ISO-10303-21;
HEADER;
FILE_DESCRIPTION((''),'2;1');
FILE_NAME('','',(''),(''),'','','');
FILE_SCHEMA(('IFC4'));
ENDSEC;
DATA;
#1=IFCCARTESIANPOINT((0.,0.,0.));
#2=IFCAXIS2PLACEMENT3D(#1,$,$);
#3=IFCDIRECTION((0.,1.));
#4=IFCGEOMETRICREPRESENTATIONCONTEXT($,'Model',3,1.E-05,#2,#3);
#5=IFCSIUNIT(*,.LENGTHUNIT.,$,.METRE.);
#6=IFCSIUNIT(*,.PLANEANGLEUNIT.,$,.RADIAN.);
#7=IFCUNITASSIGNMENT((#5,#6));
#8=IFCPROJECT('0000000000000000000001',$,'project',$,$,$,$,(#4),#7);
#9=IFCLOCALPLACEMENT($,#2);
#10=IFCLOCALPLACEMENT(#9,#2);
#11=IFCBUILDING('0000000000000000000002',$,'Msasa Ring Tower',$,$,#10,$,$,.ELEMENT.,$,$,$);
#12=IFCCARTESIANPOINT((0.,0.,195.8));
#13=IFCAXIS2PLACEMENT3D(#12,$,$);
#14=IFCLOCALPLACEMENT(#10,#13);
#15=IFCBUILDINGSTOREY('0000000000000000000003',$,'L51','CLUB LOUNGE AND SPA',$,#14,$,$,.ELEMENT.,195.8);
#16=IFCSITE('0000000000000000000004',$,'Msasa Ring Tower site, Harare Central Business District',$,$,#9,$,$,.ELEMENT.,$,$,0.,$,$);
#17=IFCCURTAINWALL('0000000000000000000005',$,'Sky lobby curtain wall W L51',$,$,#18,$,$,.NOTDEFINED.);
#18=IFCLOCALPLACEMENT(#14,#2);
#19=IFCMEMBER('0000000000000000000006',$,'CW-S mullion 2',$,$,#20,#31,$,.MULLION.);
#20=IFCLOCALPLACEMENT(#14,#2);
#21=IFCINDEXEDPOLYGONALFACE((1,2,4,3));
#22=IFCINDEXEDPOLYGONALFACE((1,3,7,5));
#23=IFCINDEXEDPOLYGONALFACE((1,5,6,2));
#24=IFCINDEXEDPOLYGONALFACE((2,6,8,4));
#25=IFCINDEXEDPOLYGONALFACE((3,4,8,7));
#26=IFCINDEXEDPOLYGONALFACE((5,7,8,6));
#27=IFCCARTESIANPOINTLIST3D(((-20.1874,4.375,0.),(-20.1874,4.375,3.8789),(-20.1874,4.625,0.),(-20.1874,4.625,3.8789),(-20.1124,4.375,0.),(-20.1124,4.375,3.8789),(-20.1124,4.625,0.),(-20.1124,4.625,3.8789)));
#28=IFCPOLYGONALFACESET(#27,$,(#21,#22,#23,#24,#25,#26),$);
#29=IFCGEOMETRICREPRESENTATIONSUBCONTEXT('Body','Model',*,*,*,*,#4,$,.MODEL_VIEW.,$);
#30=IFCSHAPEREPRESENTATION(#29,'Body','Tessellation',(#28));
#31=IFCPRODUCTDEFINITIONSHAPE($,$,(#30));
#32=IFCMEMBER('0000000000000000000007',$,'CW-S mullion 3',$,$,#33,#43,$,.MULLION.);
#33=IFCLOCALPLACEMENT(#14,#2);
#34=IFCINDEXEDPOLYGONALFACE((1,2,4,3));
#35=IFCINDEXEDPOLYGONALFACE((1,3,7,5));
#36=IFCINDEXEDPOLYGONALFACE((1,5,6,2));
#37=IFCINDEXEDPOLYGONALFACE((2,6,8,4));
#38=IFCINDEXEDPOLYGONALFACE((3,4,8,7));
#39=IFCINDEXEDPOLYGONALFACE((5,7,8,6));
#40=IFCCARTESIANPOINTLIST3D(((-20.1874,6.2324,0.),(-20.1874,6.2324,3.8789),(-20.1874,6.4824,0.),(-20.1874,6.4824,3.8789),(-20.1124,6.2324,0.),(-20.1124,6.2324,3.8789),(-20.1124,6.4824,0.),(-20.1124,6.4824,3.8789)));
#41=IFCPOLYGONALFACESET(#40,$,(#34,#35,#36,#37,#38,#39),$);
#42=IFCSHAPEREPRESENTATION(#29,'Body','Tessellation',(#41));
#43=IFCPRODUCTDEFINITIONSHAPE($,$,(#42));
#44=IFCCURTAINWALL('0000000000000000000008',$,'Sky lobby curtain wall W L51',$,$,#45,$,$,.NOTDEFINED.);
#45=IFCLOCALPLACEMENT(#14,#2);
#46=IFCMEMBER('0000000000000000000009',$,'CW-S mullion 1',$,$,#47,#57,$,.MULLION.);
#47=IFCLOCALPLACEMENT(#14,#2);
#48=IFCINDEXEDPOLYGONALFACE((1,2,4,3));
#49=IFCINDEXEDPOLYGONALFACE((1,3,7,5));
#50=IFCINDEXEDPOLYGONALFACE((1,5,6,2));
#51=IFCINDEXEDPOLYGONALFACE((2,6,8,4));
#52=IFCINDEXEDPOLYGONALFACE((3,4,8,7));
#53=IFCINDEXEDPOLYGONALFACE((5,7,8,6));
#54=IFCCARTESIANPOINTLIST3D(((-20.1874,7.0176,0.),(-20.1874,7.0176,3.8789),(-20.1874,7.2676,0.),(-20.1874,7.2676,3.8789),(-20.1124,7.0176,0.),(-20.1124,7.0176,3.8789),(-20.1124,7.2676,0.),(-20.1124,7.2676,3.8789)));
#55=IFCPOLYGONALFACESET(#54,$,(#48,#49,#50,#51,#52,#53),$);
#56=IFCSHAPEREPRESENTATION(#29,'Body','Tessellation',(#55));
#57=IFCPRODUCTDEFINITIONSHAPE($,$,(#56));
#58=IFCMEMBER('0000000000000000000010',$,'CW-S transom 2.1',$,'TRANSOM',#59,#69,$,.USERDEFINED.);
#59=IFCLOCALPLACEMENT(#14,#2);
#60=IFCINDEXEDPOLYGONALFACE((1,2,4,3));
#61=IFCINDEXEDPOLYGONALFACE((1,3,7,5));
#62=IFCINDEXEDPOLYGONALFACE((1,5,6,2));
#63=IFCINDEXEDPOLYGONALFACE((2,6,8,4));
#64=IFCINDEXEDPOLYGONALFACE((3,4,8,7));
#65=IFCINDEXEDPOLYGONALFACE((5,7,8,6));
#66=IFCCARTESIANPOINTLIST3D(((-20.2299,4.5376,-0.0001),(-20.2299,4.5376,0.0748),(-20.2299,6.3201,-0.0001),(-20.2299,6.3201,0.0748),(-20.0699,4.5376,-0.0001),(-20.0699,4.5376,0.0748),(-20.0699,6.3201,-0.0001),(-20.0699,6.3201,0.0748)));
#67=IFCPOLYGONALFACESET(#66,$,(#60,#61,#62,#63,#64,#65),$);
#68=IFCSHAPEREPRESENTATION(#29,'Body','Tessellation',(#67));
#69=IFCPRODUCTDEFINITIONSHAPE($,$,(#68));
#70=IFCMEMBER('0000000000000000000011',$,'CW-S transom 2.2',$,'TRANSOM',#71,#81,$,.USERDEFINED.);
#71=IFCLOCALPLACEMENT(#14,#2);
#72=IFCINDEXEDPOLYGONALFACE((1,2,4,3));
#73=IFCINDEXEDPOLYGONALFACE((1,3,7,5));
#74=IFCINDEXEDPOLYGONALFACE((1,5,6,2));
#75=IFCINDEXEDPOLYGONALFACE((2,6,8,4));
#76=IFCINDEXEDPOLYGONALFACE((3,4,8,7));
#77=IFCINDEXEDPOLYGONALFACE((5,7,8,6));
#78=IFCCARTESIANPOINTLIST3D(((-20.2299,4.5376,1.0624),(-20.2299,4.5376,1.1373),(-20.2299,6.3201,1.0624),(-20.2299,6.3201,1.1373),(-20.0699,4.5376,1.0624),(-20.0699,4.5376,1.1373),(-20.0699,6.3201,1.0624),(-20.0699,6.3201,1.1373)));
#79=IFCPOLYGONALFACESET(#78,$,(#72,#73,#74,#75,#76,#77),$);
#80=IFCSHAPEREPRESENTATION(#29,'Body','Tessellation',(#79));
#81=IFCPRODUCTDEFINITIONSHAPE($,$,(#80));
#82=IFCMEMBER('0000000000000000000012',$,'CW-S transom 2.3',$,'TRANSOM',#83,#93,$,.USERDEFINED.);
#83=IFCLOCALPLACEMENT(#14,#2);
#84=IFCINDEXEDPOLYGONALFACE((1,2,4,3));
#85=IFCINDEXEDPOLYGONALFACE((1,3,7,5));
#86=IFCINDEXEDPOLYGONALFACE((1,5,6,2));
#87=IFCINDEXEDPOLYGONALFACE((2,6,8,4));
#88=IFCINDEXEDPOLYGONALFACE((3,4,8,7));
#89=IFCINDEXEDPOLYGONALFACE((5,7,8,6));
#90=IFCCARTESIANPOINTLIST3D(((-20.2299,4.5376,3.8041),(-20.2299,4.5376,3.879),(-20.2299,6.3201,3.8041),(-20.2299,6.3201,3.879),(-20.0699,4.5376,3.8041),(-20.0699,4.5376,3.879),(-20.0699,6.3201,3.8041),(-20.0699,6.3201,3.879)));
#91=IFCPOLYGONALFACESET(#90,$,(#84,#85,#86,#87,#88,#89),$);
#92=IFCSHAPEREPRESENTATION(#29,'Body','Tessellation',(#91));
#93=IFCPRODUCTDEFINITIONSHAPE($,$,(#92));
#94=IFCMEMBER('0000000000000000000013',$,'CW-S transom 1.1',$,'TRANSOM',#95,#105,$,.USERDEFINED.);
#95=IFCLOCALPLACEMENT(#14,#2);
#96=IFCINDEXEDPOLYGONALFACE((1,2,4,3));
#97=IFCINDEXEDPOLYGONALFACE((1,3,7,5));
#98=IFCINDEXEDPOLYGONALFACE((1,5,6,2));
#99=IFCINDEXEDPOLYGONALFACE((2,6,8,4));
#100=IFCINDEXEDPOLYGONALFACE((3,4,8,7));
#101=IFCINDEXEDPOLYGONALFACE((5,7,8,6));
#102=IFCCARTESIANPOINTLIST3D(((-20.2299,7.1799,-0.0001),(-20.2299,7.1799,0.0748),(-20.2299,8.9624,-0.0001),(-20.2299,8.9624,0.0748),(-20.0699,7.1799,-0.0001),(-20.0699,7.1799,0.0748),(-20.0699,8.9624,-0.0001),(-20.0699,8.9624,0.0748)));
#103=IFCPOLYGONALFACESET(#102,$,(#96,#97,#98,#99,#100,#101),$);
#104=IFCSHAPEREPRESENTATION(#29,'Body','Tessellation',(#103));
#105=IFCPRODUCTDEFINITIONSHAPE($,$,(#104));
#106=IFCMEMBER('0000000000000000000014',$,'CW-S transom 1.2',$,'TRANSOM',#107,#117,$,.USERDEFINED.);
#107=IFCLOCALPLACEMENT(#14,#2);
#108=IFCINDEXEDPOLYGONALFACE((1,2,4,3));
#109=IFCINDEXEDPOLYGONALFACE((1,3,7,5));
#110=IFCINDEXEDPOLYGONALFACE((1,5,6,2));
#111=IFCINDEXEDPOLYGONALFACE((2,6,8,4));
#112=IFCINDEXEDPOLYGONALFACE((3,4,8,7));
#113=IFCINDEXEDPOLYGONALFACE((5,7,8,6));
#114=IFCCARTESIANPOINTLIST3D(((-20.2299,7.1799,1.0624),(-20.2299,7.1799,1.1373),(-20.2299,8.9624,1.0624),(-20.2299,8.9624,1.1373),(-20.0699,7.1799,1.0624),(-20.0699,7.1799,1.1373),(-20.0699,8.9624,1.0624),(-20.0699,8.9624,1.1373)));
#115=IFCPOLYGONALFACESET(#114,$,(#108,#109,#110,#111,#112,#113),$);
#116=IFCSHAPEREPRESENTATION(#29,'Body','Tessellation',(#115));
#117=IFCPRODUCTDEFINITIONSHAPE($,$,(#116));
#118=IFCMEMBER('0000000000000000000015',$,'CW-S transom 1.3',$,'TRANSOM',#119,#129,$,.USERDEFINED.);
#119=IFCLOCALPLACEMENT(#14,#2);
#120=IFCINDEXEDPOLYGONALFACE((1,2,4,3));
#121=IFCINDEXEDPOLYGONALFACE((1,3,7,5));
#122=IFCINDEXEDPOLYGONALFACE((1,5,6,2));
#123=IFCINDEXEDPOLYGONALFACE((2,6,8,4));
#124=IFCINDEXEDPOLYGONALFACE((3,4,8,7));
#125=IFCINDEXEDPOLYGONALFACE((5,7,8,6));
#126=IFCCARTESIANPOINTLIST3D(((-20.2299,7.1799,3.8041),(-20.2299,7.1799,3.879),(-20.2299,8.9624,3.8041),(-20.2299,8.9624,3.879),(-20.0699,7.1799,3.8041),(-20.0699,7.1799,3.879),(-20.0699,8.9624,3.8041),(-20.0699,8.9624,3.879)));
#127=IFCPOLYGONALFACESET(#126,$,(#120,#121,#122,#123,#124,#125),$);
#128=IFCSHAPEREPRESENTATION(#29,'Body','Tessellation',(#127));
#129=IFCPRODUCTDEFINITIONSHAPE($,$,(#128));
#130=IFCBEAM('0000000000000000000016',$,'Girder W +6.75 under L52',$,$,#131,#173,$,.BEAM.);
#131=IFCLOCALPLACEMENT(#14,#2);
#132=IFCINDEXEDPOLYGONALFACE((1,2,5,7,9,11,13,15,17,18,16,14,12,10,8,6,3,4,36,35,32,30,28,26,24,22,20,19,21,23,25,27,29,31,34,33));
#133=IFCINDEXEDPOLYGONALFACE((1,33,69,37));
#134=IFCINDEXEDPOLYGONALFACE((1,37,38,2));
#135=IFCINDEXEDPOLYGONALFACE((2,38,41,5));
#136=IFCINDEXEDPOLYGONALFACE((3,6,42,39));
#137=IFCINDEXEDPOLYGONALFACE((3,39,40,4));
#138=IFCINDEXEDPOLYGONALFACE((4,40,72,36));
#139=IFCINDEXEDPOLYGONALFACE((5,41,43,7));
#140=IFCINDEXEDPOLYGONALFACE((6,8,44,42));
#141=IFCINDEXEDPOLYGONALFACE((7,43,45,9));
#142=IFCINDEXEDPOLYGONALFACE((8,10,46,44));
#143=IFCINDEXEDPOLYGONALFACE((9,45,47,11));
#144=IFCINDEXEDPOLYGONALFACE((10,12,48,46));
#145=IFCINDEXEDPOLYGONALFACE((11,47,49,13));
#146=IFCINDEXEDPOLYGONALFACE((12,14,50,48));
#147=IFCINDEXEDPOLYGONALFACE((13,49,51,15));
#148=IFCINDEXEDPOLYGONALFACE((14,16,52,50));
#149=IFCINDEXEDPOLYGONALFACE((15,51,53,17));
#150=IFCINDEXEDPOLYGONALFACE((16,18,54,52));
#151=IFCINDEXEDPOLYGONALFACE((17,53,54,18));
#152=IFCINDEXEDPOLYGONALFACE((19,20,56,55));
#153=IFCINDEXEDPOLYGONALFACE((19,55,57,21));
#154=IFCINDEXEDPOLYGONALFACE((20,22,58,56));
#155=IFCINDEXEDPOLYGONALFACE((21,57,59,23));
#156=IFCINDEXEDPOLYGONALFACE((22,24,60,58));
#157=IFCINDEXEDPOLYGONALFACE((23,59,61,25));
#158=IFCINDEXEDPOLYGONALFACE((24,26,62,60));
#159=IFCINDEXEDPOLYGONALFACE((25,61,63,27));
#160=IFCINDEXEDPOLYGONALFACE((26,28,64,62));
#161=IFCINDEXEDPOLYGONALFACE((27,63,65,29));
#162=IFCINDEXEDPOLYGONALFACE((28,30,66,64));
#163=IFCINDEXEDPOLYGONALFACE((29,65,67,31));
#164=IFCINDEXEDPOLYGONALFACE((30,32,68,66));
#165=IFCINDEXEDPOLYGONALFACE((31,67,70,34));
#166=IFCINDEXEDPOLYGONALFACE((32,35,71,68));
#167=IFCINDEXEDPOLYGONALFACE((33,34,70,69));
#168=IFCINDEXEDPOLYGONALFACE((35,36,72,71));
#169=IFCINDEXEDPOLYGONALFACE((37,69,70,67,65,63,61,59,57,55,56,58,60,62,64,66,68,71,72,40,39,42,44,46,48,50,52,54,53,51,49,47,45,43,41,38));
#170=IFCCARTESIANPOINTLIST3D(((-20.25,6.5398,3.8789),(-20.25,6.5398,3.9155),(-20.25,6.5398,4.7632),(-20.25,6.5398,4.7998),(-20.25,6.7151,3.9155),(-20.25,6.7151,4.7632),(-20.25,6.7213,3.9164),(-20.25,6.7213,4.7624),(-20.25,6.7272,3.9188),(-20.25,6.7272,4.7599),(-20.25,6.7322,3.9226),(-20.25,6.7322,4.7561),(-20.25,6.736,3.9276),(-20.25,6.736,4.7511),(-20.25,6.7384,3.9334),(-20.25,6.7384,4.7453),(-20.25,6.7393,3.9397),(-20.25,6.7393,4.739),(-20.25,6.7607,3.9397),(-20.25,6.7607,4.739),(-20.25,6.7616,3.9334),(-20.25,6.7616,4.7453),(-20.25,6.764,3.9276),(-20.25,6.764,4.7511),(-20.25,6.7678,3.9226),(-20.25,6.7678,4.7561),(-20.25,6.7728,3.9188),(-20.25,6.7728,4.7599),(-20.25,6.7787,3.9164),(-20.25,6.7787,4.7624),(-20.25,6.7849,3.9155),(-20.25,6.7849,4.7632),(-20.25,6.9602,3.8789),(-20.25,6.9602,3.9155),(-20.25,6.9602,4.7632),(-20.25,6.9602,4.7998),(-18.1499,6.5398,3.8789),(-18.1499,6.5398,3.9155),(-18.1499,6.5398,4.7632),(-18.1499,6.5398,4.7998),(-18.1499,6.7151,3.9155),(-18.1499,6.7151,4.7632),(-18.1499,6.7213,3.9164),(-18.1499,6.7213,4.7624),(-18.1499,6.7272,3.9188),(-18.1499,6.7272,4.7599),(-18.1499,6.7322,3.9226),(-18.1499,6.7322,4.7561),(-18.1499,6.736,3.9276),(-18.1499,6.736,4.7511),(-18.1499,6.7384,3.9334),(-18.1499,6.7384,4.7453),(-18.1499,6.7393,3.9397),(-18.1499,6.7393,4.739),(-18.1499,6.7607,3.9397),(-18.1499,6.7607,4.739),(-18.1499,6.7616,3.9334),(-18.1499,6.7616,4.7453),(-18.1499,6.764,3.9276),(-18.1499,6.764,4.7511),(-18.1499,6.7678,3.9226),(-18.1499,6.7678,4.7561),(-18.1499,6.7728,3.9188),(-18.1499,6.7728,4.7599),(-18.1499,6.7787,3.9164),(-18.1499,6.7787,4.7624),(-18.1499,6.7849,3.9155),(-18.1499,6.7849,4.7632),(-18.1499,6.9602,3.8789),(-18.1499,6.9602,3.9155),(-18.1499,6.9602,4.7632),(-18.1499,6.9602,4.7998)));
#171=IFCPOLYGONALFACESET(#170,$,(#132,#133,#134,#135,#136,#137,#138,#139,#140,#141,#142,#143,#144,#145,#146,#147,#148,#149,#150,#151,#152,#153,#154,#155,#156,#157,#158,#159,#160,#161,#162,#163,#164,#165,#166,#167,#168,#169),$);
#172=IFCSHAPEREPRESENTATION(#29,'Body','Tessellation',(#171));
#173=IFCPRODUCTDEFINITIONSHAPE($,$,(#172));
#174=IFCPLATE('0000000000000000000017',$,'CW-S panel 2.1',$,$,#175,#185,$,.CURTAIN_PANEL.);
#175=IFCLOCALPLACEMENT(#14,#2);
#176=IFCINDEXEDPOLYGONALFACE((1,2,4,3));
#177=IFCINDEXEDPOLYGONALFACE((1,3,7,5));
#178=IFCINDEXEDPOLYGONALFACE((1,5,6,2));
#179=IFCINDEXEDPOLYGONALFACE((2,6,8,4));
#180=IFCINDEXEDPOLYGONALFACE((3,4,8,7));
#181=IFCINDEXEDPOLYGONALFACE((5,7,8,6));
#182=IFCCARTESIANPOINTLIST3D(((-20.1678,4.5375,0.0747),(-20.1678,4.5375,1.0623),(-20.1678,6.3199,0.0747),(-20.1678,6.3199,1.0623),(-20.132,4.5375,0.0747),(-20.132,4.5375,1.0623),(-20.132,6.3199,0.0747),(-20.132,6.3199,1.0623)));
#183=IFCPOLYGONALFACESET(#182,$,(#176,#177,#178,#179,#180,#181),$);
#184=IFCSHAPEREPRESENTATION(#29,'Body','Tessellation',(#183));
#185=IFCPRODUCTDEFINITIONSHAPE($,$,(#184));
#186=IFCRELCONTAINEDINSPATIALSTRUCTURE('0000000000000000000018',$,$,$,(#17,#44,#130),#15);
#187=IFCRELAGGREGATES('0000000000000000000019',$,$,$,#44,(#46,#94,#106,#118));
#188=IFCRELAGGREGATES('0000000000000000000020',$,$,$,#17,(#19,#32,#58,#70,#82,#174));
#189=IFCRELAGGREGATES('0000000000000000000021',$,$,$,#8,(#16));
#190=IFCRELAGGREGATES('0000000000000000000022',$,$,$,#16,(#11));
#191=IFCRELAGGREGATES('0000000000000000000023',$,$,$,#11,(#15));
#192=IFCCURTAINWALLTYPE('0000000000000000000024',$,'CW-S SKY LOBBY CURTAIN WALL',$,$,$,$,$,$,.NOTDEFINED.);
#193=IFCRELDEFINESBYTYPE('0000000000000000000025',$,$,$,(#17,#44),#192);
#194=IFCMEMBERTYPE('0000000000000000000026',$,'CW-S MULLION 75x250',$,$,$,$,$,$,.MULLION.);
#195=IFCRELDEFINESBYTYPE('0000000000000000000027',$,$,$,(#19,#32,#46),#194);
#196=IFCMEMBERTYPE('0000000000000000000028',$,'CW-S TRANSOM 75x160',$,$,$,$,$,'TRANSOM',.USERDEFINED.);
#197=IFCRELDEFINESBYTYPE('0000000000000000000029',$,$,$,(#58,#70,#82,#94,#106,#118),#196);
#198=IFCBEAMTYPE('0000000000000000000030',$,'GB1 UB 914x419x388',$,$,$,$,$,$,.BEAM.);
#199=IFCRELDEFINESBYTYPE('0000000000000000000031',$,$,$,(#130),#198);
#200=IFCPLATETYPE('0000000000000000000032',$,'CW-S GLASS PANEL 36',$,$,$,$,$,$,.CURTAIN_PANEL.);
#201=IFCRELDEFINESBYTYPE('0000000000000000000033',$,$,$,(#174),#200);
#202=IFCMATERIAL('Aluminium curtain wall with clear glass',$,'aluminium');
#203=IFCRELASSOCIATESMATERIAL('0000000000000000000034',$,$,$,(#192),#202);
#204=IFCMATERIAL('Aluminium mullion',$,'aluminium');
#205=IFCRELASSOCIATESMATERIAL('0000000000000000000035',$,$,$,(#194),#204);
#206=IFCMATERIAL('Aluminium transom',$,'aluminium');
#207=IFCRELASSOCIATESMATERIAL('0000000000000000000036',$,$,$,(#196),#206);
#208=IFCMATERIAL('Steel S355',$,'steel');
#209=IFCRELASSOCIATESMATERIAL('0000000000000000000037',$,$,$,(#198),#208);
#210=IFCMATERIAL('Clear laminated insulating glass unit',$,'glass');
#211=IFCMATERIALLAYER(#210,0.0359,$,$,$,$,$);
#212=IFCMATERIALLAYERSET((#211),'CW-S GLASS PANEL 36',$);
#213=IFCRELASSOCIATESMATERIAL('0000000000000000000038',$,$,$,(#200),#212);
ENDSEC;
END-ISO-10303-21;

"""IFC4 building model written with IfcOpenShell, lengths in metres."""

from ifc_helpers import new_model, si_unit, direction, frame, origin, origin_2d, place, context, subcontext, project, spatial, rectangle, i_section, extrude, material, layer, layer_set, material_profile, profile_set, type_object, element, aggregate, save


model = new_model("IFC4")

# Units and contexts
model_context = context("Model", 3, precision=1e-05, world=origin(), true_north=direction((0.0, 1.0)))
body_context = subcontext(model_context, "Body", "Model", "MODEL_VIEW")
ifc_project = project(units=[si_unit("LENGTHUNIT", "METRE"), si_unit("PLANEANGLEUNIT", "RADIAN")], contexts=[model_context])

# Site, building, storey
site_placement = place(None, origin())
site = spatial("IfcSite", under=ifc_project, at=site_placement, Name="Msasa Ring Tower site, Harare Central Business District", CompositionType="ELEMENT", RefElevation=0.0)
building_placement = place(site_placement, origin())
building = spatial("IfcBuilding", under=site, at=building_placement, Name="Msasa Ring Tower", CompositionType="ELEMENT")
storey_placement = place(building_placement, frame((0.0, 0.0, 195.8)))
storey = spatial("IfcBuildingStorey", under=building, at=storey_placement, Name="L51", Description="CLUB LOUNGE AND SPA", CompositionType="ELEMENT", Elevation=195.8)

# Curtain wall, members
ifc_material_1 = material(Name="Aluminium curtain wall with clear glass", Category="aluminium")
curtain_wall_type = type_object("IfcCurtainWallType", Name="CW-S SKY LOBBY CURTAIN WALL", PredefinedType="NOTDEFINED", material=ifc_material_1)
curtain_wall_1_placement = place(storey_placement, origin())
curtain_wall_1 = element("IfcCurtainWall", 1, at=curtain_wall_1_placement, inside=storey, type_object=curtain_wall_type, Name="Sky lobby curtain wall W L51", PredefinedType="NOTDEFINED")
ifc_material_2 = material(Name="Aluminium mullion", Category="aluminium")
ifc_material_profile_1 = material_profile(ifc_material_2, rectangle(XDim=0.075, YDim=0.25, at=origin_2d()), Name="AL 75x250")
ifc_profile_set_1 = profile_set([ifc_material_profile_1], Name="Aluminium mullion")
member_type_1 = type_object("IfcMemberType", Name="CW-S MULLION 75x250", PredefinedType="MULLION", material=ifc_profile_set_1)
member_1_placement = place(storey_placement, frame((-20.1499, 4.5, 0.0), z_axis=(0.0, 0.0, 1.0), x_axis=(-1.0, 0.0, 0.0)))
member_1 = element("IfcMember", 2, at=member_1_placement, type_object=member_type_1, Name="CW-S mullion 2", PredefinedType="MULLION", context=body_context, shape_type="SweptSolid", body=[
    extrude(rectangle(XDim=0.075, YDim=0.25, at=origin_2d()), origin(), (0.0, 0.0, 1.0), 3.8789),
])
member_2_placement = place(storey_placement, frame((-20.1499, 6.3574, 0.0), z_axis=(0.0, 0.0, 1.0), x_axis=(-1.0, 0.0, 0.0)))
member_2 = element("IfcMember", 3, at=member_2_placement, type_object=member_type_1, Name="CW-S mullion 3", PredefinedType="MULLION", context=body_context, shape_type="SweptSolid", body=[
    extrude(rectangle(XDim=0.075, YDim=0.25, at=origin_2d()), origin(), (0.0, 0.0, 1.0), 3.8789),
])

# Curtain wall, member
curtain_wall_2_placement = place(storey_placement, origin())
curtain_wall_2 = element("IfcCurtainWall", 4, at=curtain_wall_2_placement, inside=storey, type_object=curtain_wall_type, Name="Sky lobby curtain wall W L51", PredefinedType="NOTDEFINED")
member_3_placement = place(storey_placement, frame((-20.1499, 7.1426, 0.0), z_axis=(0.0, 0.0, 1.0), x_axis=(-1.0, 0.0, 0.0)))
member_3 = element("IfcMember", 5, at=member_3_placement, type_object=member_type_1, Name="CW-S mullion 1", PredefinedType="MULLION", context=body_context, shape_type="SweptSolid", body=[
    extrude(rectangle(XDim=0.075, YDim=0.25, at=origin_2d()), origin(), (0.0, 0.0, 1.0), 3.8789),
])

# Members
ifc_material_3 = material(Name="Aluminium transom", Category="aluminium")
ifc_material_profile_2 = material_profile(ifc_material_3, rectangle(XDim=0.1599, YDim=0.075, at=origin_2d()), Name="AL 75x160")
ifc_profile_set_2 = profile_set([ifc_material_profile_2], Name="Aluminium transom")
member_type_2 = type_object("IfcMemberType", Name="CW-S TRANSOM 75x160", ElementType="TRANSOM", PredefinedType="USERDEFINED", material=ifc_profile_set_2)
member_4_placement = place(storey_placement, frame((-20.1499, 4.5376, 0.0374), z_axis=(0.0, 1.0, 0.0), x_axis=(-1.0, 0.0, 0.0)))
member_4 = element("IfcMember", 6, at=member_4_placement, type_object=member_type_2, Name="CW-S transom 2.1", ObjectType="TRANSOM", PredefinedType="USERDEFINED", context=body_context, shape_type="SweptSolid", body=[
    extrude(rectangle(XDim=0.1599, YDim=0.075, at=origin_2d()), origin(), (0.0, 0.0, 1.0), 1.7825),
])
member_5_placement = place(storey_placement, frame((-20.1499, 4.5376, 1.0999), z_axis=(0.0, 1.0, 0.0), x_axis=(-1.0, 0.0, 0.0)))
member_5 = element("IfcMember", 7, at=member_5_placement, type_object=member_type_2, Name="CW-S transom 2.2", ObjectType="TRANSOM", PredefinedType="USERDEFINED", context=body_context, shape_type="SweptSolid", body=[
    extrude(rectangle(XDim=0.1599, YDim=0.075, at=origin_2d()), origin(), (0.0, 0.0, 1.0), 1.7825),
])
member_6_placement = place(storey_placement, frame((-20.1499, 4.5376, 3.8416), z_axis=(0.0, 1.0, 0.0), x_axis=(-1.0, 0.0, 0.0)))
member_6 = element("IfcMember", 8, at=member_6_placement, type_object=member_type_2, Name="CW-S transom 2.3", ObjectType="TRANSOM", PredefinedType="USERDEFINED", context=body_context, shape_type="SweptSolid", body=[
    extrude(rectangle(XDim=0.1599, YDim=0.075, at=origin_2d()), origin(), (0.0, 0.0, 1.0), 1.7825),
])
member_7_placement = place(storey_placement, frame((-20.1499, 7.1799, 0.0374), z_axis=(0.0, 1.0, 0.0), x_axis=(-1.0, 0.0, 0.0)))
member_7 = element("IfcMember", 9, at=member_7_placement, type_object=member_type_2, Name="CW-S transom 1.1", ObjectType="TRANSOM", PredefinedType="USERDEFINED", context=body_context, shape_type="SweptSolid", body=[
    extrude(rectangle(XDim=0.1599, YDim=0.075, at=origin_2d()), origin(), (0.0, 0.0, 1.0), 1.7825),
])
member_8_placement = place(storey_placement, frame((-20.1499, 7.1799, 1.0999), z_axis=(0.0, 1.0, 0.0), x_axis=(-1.0, 0.0, 0.0)))
member_8 = element("IfcMember", 10, at=member_8_placement, type_object=member_type_2, Name="CW-S transom 1.2", ObjectType="TRANSOM", PredefinedType="USERDEFINED", context=body_context, shape_type="SweptSolid", body=[
    extrude(rectangle(XDim=0.1599, YDim=0.075, at=origin_2d()), origin(), (0.0, 0.0, 1.0), 1.7825),
])
member_9_placement = place(storey_placement, frame((-20.1499, 7.1799, 3.8416), z_axis=(0.0, 1.0, 0.0), x_axis=(-1.0, 0.0, 0.0)))
member_9 = element("IfcMember", 11, at=member_9_placement, type_object=member_type_2, Name="CW-S transom 1.3", ObjectType="TRANSOM", PredefinedType="USERDEFINED", context=body_context, shape_type="SweptSolid", body=[
    extrude(rectangle(XDim=0.1599, YDim=0.075, at=origin_2d()), origin(), (0.0, 0.0, 1.0), 1.7825),
])
aggregate(curtain_wall_2, [member_3, member_7, member_8, member_9])

# Beam
ifc_material_4 = material(Name="Steel S355", Category="steel")
ifc_material_profile_3 = material_profile(ifc_material_4, i_section(OverallWidth=0.4204, OverallDepth=0.9209, WebThickness=0.0215, FlangeThickness=0.0366, FilletRadius=0.0242, at=origin_2d()), Name="UB 914x419x388")
ifc_profile_set_3 = profile_set([ifc_material_profile_3], Name="Steel S355")
beam_type = type_object("IfcBeamType", Name="GB1 UB 914x419x388", PredefinedType="BEAM", material=ifc_profile_set_3)
beam_placement = place(storey_placement, frame((-18.1499, 6.75, 4.3394), z_axis=(-1.0, 0.0, 0.0), x_axis=(0.0, -1.0, 0.0)))
element("IfcBeam", 12, at=beam_placement, inside=storey, type_object=beam_type, Name="Girder W +6.75 under L52", PredefinedType="BEAM", context=body_context, shape_type="SweptSolid", body=[
    extrude(i_section(OverallWidth=0.4204, OverallDepth=0.9209, WebThickness=0.0215, FlangeThickness=0.0366, FilletRadius=0.0242, at=origin_2d()), origin(), (0.0, 0.0, 1.0), 2.1001),
])

# Plate
ifc_material_5 = material(Name="Clear laminated insulating glass unit", Category="glass")
ifc_layer_1 = layer(ifc_material_5, 0.0359)
ifc_layer_set_1 = layer_set([ifc_layer_1], Name="CW-S GLASS PANEL 36")
plate_type = type_object("IfcPlateType", Name="CW-S GLASS PANEL 36", PredefinedType="CURTAIN_PANEL", material=ifc_layer_set_1)
plate_1_placement = place(storey_placement, frame((-20.1499, 5.4287, 0.0747), z_axis=(0.0, 0.0, 1.0), x_axis=(0.0, 1.0, 0.0)))
plate_1 = element("IfcPlate", 13, at=plate_1_placement, type_object=plate_type, Name="CW-S panel 2.1", PredefinedType="CURTAIN_PANEL", context=body_context, shape_type="SweptSolid", body=[
    extrude(rectangle(XDim=1.7825, YDim=0.0359, at=origin_2d()), origin(), (0.0, 0.0, 1.0), 0.9875),
])
aggregate(curtain_wall_1, [member_1, member_2, member_4, member_5, member_6, plate_1])

save(model, "model.ifc")
